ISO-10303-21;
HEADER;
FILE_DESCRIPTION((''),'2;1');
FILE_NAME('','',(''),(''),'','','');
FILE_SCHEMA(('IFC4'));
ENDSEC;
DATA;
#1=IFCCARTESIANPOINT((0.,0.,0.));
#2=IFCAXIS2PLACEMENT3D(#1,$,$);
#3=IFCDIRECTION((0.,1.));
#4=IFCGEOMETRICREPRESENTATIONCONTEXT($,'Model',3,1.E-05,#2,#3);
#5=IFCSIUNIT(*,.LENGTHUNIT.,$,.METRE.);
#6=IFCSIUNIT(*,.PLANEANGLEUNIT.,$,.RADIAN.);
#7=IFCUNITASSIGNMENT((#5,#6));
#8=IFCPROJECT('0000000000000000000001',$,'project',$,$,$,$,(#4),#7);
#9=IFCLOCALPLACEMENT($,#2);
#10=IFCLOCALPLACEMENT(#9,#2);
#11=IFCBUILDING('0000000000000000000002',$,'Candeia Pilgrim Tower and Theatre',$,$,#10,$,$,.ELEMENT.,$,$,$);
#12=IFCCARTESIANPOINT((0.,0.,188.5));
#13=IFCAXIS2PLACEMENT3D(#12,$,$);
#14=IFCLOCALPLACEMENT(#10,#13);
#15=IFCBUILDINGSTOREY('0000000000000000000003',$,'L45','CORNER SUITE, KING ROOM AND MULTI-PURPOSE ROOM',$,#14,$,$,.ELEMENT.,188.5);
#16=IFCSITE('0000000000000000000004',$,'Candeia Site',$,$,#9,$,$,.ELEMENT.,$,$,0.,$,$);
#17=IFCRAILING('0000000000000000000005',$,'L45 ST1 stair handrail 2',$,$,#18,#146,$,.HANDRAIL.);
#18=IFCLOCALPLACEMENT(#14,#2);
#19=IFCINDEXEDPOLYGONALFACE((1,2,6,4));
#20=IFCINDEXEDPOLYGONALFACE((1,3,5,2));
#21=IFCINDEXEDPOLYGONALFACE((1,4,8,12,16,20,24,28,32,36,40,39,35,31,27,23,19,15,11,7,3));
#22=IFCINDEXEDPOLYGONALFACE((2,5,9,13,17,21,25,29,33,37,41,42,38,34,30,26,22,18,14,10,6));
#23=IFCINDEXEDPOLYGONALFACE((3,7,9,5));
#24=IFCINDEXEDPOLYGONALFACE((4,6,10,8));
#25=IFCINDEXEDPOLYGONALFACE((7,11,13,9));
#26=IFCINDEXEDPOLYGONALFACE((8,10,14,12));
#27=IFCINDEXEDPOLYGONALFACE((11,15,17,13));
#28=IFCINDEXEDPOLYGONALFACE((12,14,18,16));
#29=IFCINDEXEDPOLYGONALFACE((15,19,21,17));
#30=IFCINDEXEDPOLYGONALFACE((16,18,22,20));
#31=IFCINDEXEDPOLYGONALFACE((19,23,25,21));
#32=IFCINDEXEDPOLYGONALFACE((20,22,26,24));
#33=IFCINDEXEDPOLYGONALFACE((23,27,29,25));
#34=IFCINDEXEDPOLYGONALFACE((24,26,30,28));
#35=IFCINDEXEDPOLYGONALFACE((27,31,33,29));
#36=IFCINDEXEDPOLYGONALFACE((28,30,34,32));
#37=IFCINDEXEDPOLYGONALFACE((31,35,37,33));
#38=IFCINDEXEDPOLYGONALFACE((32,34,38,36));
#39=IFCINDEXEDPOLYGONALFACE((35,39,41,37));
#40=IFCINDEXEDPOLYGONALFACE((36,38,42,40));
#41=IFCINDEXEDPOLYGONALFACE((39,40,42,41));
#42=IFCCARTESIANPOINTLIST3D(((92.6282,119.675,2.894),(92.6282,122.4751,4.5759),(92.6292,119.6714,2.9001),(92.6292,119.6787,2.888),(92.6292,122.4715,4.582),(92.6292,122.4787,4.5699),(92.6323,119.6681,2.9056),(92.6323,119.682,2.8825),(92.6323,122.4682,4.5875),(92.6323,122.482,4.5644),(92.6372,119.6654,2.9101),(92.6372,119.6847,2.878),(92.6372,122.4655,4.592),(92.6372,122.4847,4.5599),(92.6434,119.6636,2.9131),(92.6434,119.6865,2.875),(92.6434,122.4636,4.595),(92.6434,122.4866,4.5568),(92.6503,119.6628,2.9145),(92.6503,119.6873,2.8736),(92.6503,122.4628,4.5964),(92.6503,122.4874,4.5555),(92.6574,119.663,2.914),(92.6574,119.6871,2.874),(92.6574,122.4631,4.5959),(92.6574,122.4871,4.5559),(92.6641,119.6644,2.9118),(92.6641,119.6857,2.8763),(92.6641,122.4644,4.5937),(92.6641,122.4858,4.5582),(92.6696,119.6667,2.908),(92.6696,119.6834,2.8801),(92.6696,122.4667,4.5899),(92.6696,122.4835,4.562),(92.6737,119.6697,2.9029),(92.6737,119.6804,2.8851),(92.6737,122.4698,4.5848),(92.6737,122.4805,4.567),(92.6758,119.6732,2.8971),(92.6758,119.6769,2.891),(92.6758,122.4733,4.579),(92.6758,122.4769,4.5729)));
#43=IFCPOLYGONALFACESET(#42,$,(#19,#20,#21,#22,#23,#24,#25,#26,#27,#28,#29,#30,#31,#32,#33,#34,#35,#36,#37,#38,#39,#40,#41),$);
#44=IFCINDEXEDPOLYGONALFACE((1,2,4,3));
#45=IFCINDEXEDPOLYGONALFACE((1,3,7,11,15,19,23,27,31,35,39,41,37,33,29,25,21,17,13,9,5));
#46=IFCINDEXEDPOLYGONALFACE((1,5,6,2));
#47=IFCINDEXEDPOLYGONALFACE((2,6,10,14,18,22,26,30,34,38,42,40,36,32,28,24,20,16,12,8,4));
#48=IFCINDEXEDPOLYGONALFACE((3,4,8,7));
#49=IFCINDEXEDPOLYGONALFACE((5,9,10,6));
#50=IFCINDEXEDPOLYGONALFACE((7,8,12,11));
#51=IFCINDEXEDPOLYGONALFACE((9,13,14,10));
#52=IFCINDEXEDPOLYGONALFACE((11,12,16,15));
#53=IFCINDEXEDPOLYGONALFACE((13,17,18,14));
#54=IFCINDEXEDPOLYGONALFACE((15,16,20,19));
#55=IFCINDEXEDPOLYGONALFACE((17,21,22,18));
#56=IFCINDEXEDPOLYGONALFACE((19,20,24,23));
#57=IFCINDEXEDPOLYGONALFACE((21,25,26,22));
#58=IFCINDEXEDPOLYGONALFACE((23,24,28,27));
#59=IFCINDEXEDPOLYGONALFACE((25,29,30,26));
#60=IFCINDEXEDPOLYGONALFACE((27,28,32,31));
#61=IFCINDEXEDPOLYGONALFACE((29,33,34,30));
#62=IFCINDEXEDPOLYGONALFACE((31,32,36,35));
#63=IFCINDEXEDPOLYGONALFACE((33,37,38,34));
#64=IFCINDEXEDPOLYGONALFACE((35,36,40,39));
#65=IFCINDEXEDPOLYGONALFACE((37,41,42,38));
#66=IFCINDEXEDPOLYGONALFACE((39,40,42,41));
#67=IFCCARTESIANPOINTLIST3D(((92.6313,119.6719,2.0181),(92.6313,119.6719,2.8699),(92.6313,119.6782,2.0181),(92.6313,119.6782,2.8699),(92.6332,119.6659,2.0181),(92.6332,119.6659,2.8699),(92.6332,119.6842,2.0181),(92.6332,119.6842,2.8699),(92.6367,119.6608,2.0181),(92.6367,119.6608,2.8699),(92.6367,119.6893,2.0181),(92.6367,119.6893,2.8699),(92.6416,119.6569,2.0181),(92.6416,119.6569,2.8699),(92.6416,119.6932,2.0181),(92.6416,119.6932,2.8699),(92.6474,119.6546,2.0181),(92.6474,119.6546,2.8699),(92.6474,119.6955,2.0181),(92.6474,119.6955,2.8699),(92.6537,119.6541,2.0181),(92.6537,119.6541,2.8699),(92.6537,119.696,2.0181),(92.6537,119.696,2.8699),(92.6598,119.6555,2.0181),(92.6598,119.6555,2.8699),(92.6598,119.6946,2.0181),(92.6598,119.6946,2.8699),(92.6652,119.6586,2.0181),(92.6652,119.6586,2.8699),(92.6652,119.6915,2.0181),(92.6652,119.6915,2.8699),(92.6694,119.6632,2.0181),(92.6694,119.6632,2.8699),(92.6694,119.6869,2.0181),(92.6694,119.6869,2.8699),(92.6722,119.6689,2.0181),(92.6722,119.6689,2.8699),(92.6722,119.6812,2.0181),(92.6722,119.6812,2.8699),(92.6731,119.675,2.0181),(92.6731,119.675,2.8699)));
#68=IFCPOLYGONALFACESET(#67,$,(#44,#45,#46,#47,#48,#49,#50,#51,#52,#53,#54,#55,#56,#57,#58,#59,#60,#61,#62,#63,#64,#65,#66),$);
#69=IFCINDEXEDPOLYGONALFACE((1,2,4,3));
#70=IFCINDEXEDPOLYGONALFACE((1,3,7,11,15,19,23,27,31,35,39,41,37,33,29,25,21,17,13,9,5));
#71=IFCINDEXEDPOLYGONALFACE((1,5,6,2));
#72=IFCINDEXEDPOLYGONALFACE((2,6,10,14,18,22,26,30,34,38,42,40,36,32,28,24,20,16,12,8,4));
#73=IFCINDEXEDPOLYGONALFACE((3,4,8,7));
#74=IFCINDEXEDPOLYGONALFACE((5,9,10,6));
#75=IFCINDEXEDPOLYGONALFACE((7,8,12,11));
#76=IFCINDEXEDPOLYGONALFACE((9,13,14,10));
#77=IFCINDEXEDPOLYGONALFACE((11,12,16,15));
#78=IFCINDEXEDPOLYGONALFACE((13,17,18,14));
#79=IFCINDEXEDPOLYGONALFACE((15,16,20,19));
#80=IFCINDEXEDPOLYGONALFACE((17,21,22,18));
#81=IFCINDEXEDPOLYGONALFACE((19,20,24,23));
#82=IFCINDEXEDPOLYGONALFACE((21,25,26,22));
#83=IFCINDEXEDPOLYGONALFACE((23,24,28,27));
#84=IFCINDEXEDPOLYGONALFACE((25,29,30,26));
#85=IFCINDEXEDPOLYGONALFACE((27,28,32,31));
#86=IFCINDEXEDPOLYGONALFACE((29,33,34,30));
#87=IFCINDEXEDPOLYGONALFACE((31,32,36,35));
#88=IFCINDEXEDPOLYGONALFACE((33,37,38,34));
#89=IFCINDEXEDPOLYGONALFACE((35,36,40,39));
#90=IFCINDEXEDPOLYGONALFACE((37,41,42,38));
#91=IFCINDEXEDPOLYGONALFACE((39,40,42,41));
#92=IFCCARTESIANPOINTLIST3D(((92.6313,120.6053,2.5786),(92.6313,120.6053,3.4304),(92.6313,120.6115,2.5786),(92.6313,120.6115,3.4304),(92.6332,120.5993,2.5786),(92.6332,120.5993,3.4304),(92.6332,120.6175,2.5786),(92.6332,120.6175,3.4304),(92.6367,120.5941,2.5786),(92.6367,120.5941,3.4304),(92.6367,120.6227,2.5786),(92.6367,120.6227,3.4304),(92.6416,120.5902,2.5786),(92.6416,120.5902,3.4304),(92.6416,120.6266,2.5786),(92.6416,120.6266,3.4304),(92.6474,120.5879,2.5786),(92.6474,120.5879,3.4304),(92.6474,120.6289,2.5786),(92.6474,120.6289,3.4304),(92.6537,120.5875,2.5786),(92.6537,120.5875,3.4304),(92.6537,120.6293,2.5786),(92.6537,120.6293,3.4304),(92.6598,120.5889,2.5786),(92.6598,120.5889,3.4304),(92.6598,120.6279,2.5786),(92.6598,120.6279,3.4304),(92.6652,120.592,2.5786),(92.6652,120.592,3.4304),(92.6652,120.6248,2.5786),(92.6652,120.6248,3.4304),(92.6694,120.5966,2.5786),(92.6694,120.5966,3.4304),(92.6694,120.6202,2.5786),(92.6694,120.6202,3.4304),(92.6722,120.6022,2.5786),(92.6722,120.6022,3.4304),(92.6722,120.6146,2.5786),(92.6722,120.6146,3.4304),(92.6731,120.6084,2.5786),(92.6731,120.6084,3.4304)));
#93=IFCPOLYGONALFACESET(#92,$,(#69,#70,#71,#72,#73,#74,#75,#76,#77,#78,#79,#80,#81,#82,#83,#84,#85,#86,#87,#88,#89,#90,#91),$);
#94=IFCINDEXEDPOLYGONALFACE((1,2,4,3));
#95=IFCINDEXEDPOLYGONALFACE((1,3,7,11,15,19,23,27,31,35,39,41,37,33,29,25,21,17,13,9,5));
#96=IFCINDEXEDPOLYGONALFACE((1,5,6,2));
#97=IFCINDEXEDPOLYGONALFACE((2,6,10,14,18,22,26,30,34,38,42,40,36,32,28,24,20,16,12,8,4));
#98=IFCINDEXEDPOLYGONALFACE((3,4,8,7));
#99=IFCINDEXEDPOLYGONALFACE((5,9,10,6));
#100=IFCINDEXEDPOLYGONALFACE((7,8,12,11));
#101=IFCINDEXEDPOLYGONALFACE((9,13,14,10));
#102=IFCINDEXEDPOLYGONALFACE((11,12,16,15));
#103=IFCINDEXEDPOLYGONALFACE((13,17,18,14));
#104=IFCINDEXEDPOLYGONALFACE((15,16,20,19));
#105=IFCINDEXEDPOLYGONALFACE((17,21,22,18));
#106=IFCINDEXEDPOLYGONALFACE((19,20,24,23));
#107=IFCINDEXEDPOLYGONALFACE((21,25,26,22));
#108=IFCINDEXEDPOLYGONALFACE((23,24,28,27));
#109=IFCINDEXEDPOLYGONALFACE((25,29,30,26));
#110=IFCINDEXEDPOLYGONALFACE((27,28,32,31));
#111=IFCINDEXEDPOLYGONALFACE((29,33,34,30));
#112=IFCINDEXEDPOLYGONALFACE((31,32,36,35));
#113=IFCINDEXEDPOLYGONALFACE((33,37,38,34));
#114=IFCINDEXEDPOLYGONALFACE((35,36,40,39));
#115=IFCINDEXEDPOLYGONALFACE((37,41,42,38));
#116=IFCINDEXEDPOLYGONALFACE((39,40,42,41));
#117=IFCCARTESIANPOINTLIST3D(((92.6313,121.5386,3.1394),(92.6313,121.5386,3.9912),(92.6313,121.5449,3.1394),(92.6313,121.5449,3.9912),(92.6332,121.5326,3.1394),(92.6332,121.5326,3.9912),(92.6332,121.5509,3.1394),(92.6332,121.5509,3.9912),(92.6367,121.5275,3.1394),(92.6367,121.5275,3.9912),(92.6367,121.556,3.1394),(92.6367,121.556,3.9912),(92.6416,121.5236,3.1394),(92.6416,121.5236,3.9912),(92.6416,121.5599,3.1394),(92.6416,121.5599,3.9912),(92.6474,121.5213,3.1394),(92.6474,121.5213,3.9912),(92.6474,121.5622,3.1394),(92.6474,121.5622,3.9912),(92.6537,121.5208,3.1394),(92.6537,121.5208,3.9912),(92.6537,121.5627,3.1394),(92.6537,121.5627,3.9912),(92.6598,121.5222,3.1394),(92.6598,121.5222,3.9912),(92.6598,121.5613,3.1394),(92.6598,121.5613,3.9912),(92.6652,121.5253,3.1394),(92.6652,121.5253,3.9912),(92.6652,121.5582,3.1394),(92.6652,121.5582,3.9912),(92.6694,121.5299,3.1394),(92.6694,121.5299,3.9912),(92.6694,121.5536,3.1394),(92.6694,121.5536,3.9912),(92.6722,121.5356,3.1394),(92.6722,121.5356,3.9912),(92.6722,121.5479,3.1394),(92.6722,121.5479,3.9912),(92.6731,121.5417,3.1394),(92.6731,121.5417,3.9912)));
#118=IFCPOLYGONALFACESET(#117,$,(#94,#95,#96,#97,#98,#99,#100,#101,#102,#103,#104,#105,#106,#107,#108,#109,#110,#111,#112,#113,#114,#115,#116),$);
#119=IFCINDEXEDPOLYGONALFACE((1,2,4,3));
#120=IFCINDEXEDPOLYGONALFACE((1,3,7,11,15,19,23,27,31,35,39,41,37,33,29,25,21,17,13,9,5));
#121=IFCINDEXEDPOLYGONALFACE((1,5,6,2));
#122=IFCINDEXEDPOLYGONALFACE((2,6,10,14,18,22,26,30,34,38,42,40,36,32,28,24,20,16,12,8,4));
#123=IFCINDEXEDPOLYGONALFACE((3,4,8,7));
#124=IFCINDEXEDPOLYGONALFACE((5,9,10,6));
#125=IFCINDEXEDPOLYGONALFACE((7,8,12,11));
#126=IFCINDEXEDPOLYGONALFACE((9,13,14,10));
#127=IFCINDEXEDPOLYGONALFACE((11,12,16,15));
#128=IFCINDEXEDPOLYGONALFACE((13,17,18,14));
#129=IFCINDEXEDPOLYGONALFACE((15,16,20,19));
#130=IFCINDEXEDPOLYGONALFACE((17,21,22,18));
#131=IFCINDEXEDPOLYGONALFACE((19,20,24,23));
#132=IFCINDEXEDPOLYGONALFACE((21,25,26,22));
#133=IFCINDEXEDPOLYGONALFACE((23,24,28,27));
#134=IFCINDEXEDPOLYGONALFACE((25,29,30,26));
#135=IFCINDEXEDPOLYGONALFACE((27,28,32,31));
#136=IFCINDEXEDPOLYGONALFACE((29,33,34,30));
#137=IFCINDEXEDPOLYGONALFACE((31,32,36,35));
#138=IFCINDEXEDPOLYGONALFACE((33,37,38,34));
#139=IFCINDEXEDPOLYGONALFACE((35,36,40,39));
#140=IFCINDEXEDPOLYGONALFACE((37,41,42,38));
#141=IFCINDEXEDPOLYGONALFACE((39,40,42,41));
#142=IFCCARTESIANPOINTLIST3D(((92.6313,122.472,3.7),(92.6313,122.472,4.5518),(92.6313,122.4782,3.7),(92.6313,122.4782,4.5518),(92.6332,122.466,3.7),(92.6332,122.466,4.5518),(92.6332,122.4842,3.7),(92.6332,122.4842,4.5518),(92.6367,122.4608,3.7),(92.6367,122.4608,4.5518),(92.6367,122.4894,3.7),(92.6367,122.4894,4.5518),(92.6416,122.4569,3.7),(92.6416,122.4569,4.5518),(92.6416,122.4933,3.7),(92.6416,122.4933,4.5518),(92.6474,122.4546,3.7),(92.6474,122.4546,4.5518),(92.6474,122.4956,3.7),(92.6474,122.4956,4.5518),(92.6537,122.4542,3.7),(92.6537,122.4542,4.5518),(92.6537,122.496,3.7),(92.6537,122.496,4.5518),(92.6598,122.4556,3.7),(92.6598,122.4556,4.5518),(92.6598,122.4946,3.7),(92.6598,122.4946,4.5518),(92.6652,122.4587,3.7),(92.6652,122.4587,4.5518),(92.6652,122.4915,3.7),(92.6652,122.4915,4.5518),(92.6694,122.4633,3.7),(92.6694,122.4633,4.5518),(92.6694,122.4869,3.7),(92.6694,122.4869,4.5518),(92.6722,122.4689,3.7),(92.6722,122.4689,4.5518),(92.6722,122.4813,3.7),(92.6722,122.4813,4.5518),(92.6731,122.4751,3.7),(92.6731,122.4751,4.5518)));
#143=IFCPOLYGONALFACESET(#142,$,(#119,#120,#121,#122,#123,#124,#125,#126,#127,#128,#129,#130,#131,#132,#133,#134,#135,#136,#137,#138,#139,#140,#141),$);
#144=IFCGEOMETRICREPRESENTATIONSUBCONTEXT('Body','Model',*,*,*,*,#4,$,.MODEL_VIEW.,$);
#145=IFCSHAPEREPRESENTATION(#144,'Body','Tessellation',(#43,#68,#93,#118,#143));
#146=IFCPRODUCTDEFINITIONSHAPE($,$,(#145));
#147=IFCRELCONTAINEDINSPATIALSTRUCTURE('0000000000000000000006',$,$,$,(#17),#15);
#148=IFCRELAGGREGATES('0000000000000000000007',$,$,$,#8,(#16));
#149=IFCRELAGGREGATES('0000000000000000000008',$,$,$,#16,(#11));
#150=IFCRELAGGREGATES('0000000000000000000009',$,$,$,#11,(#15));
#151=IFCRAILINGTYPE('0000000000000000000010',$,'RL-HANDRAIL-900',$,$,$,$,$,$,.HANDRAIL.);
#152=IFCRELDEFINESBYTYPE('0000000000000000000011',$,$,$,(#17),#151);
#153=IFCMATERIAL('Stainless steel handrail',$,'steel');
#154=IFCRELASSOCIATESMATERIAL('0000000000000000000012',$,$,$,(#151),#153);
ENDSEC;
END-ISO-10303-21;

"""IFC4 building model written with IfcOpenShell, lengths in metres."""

from ifc_helpers import new_model, si_unit, direction, frame, origin, origin_2d, place, context, subcontext, project, spatial, circle, extrude, material, type_object, element, save


model = new_model("IFC4")

# Units and contexts
model_context = context("Model", 3, precision=1e-05, world=origin(), true_north=direction((0.0, 1.0)))
body_context = subcontext(model_context, "Body", "Model", "MODEL_VIEW")
ifc_project = project(units=[si_unit("LENGTHUNIT", "METRE"), si_unit("PLANEANGLEUNIT", "RADIAN")], contexts=[model_context])

# Site, building, storey
site_placement = place(None, origin())
site = spatial("IfcSite", under=ifc_project, at=site_placement, Name="Candeia Site", CompositionType="ELEMENT", RefElevation=0.0)
building_placement = place(site_placement, origin())
building = spatial("IfcBuilding", under=site, at=building_placement, Name="Candeia Pilgrim Tower and Theatre", CompositionType="ELEMENT")
storey_placement = place(building_placement, frame((0.0, 0.0, 188.5)))
storey = spatial("IfcBuildingStorey", under=building, at=storey_placement, Name="L45", Description="CORNER SUITE, KING ROOM AND MULTI-PURPOSE ROOM", CompositionType="ELEMENT", Elevation=188.5)

# Railing
ifc_material_1 = material(Name="Stainless steel handrail", Category="steel")
railing_type_1 = type_object("IfcRailingType", Name="RL-HANDRAIL-900", PredefinedType="HANDRAIL", material=ifc_material_1)
railing_1_placement = place(storey_placement, frame((92.6521, 119.675, 2.0181)))
element("IfcRailing", 1, at=railing_1_placement, inside=storey, type_object=railing_type_1, Name="L45 ST1 stair handrail 2", PredefinedType="HANDRAIL", context=body_context, shape_type="SweptSolid", body=[
    extrude(circle(Radius=0.0239, at=origin_2d()), frame((0.0, 0.0, 0.876), z_axis=(0.0, 0.857242, 0.514913), x_axis=(-1.0, 0.0, 0.0)), (0.0, 0.0, 1.0), 3.2664),
    extrude(circle(Radius=0.021, at=origin_2d()), origin(), (0.0, 0.0, 1.0), 0.8518),
    extrude(circle(Radius=0.021, at=origin_2d()), frame((0.0, 0.9333, 0.5605)), (0.0, 0.0, 1.0), 0.8518),
    extrude(circle(Radius=0.021, at=origin_2d()), frame((0.0, 1.8667, 1.1213)), (0.0, 0.0, 1.0), 0.8518),
    extrude(circle(Radius=0.021, at=origin_2d()), frame((0.0, 2.8, 1.6819)), (0.0, 0.0, 1.0), 0.8518),
])

save(model, "model.ifc")
